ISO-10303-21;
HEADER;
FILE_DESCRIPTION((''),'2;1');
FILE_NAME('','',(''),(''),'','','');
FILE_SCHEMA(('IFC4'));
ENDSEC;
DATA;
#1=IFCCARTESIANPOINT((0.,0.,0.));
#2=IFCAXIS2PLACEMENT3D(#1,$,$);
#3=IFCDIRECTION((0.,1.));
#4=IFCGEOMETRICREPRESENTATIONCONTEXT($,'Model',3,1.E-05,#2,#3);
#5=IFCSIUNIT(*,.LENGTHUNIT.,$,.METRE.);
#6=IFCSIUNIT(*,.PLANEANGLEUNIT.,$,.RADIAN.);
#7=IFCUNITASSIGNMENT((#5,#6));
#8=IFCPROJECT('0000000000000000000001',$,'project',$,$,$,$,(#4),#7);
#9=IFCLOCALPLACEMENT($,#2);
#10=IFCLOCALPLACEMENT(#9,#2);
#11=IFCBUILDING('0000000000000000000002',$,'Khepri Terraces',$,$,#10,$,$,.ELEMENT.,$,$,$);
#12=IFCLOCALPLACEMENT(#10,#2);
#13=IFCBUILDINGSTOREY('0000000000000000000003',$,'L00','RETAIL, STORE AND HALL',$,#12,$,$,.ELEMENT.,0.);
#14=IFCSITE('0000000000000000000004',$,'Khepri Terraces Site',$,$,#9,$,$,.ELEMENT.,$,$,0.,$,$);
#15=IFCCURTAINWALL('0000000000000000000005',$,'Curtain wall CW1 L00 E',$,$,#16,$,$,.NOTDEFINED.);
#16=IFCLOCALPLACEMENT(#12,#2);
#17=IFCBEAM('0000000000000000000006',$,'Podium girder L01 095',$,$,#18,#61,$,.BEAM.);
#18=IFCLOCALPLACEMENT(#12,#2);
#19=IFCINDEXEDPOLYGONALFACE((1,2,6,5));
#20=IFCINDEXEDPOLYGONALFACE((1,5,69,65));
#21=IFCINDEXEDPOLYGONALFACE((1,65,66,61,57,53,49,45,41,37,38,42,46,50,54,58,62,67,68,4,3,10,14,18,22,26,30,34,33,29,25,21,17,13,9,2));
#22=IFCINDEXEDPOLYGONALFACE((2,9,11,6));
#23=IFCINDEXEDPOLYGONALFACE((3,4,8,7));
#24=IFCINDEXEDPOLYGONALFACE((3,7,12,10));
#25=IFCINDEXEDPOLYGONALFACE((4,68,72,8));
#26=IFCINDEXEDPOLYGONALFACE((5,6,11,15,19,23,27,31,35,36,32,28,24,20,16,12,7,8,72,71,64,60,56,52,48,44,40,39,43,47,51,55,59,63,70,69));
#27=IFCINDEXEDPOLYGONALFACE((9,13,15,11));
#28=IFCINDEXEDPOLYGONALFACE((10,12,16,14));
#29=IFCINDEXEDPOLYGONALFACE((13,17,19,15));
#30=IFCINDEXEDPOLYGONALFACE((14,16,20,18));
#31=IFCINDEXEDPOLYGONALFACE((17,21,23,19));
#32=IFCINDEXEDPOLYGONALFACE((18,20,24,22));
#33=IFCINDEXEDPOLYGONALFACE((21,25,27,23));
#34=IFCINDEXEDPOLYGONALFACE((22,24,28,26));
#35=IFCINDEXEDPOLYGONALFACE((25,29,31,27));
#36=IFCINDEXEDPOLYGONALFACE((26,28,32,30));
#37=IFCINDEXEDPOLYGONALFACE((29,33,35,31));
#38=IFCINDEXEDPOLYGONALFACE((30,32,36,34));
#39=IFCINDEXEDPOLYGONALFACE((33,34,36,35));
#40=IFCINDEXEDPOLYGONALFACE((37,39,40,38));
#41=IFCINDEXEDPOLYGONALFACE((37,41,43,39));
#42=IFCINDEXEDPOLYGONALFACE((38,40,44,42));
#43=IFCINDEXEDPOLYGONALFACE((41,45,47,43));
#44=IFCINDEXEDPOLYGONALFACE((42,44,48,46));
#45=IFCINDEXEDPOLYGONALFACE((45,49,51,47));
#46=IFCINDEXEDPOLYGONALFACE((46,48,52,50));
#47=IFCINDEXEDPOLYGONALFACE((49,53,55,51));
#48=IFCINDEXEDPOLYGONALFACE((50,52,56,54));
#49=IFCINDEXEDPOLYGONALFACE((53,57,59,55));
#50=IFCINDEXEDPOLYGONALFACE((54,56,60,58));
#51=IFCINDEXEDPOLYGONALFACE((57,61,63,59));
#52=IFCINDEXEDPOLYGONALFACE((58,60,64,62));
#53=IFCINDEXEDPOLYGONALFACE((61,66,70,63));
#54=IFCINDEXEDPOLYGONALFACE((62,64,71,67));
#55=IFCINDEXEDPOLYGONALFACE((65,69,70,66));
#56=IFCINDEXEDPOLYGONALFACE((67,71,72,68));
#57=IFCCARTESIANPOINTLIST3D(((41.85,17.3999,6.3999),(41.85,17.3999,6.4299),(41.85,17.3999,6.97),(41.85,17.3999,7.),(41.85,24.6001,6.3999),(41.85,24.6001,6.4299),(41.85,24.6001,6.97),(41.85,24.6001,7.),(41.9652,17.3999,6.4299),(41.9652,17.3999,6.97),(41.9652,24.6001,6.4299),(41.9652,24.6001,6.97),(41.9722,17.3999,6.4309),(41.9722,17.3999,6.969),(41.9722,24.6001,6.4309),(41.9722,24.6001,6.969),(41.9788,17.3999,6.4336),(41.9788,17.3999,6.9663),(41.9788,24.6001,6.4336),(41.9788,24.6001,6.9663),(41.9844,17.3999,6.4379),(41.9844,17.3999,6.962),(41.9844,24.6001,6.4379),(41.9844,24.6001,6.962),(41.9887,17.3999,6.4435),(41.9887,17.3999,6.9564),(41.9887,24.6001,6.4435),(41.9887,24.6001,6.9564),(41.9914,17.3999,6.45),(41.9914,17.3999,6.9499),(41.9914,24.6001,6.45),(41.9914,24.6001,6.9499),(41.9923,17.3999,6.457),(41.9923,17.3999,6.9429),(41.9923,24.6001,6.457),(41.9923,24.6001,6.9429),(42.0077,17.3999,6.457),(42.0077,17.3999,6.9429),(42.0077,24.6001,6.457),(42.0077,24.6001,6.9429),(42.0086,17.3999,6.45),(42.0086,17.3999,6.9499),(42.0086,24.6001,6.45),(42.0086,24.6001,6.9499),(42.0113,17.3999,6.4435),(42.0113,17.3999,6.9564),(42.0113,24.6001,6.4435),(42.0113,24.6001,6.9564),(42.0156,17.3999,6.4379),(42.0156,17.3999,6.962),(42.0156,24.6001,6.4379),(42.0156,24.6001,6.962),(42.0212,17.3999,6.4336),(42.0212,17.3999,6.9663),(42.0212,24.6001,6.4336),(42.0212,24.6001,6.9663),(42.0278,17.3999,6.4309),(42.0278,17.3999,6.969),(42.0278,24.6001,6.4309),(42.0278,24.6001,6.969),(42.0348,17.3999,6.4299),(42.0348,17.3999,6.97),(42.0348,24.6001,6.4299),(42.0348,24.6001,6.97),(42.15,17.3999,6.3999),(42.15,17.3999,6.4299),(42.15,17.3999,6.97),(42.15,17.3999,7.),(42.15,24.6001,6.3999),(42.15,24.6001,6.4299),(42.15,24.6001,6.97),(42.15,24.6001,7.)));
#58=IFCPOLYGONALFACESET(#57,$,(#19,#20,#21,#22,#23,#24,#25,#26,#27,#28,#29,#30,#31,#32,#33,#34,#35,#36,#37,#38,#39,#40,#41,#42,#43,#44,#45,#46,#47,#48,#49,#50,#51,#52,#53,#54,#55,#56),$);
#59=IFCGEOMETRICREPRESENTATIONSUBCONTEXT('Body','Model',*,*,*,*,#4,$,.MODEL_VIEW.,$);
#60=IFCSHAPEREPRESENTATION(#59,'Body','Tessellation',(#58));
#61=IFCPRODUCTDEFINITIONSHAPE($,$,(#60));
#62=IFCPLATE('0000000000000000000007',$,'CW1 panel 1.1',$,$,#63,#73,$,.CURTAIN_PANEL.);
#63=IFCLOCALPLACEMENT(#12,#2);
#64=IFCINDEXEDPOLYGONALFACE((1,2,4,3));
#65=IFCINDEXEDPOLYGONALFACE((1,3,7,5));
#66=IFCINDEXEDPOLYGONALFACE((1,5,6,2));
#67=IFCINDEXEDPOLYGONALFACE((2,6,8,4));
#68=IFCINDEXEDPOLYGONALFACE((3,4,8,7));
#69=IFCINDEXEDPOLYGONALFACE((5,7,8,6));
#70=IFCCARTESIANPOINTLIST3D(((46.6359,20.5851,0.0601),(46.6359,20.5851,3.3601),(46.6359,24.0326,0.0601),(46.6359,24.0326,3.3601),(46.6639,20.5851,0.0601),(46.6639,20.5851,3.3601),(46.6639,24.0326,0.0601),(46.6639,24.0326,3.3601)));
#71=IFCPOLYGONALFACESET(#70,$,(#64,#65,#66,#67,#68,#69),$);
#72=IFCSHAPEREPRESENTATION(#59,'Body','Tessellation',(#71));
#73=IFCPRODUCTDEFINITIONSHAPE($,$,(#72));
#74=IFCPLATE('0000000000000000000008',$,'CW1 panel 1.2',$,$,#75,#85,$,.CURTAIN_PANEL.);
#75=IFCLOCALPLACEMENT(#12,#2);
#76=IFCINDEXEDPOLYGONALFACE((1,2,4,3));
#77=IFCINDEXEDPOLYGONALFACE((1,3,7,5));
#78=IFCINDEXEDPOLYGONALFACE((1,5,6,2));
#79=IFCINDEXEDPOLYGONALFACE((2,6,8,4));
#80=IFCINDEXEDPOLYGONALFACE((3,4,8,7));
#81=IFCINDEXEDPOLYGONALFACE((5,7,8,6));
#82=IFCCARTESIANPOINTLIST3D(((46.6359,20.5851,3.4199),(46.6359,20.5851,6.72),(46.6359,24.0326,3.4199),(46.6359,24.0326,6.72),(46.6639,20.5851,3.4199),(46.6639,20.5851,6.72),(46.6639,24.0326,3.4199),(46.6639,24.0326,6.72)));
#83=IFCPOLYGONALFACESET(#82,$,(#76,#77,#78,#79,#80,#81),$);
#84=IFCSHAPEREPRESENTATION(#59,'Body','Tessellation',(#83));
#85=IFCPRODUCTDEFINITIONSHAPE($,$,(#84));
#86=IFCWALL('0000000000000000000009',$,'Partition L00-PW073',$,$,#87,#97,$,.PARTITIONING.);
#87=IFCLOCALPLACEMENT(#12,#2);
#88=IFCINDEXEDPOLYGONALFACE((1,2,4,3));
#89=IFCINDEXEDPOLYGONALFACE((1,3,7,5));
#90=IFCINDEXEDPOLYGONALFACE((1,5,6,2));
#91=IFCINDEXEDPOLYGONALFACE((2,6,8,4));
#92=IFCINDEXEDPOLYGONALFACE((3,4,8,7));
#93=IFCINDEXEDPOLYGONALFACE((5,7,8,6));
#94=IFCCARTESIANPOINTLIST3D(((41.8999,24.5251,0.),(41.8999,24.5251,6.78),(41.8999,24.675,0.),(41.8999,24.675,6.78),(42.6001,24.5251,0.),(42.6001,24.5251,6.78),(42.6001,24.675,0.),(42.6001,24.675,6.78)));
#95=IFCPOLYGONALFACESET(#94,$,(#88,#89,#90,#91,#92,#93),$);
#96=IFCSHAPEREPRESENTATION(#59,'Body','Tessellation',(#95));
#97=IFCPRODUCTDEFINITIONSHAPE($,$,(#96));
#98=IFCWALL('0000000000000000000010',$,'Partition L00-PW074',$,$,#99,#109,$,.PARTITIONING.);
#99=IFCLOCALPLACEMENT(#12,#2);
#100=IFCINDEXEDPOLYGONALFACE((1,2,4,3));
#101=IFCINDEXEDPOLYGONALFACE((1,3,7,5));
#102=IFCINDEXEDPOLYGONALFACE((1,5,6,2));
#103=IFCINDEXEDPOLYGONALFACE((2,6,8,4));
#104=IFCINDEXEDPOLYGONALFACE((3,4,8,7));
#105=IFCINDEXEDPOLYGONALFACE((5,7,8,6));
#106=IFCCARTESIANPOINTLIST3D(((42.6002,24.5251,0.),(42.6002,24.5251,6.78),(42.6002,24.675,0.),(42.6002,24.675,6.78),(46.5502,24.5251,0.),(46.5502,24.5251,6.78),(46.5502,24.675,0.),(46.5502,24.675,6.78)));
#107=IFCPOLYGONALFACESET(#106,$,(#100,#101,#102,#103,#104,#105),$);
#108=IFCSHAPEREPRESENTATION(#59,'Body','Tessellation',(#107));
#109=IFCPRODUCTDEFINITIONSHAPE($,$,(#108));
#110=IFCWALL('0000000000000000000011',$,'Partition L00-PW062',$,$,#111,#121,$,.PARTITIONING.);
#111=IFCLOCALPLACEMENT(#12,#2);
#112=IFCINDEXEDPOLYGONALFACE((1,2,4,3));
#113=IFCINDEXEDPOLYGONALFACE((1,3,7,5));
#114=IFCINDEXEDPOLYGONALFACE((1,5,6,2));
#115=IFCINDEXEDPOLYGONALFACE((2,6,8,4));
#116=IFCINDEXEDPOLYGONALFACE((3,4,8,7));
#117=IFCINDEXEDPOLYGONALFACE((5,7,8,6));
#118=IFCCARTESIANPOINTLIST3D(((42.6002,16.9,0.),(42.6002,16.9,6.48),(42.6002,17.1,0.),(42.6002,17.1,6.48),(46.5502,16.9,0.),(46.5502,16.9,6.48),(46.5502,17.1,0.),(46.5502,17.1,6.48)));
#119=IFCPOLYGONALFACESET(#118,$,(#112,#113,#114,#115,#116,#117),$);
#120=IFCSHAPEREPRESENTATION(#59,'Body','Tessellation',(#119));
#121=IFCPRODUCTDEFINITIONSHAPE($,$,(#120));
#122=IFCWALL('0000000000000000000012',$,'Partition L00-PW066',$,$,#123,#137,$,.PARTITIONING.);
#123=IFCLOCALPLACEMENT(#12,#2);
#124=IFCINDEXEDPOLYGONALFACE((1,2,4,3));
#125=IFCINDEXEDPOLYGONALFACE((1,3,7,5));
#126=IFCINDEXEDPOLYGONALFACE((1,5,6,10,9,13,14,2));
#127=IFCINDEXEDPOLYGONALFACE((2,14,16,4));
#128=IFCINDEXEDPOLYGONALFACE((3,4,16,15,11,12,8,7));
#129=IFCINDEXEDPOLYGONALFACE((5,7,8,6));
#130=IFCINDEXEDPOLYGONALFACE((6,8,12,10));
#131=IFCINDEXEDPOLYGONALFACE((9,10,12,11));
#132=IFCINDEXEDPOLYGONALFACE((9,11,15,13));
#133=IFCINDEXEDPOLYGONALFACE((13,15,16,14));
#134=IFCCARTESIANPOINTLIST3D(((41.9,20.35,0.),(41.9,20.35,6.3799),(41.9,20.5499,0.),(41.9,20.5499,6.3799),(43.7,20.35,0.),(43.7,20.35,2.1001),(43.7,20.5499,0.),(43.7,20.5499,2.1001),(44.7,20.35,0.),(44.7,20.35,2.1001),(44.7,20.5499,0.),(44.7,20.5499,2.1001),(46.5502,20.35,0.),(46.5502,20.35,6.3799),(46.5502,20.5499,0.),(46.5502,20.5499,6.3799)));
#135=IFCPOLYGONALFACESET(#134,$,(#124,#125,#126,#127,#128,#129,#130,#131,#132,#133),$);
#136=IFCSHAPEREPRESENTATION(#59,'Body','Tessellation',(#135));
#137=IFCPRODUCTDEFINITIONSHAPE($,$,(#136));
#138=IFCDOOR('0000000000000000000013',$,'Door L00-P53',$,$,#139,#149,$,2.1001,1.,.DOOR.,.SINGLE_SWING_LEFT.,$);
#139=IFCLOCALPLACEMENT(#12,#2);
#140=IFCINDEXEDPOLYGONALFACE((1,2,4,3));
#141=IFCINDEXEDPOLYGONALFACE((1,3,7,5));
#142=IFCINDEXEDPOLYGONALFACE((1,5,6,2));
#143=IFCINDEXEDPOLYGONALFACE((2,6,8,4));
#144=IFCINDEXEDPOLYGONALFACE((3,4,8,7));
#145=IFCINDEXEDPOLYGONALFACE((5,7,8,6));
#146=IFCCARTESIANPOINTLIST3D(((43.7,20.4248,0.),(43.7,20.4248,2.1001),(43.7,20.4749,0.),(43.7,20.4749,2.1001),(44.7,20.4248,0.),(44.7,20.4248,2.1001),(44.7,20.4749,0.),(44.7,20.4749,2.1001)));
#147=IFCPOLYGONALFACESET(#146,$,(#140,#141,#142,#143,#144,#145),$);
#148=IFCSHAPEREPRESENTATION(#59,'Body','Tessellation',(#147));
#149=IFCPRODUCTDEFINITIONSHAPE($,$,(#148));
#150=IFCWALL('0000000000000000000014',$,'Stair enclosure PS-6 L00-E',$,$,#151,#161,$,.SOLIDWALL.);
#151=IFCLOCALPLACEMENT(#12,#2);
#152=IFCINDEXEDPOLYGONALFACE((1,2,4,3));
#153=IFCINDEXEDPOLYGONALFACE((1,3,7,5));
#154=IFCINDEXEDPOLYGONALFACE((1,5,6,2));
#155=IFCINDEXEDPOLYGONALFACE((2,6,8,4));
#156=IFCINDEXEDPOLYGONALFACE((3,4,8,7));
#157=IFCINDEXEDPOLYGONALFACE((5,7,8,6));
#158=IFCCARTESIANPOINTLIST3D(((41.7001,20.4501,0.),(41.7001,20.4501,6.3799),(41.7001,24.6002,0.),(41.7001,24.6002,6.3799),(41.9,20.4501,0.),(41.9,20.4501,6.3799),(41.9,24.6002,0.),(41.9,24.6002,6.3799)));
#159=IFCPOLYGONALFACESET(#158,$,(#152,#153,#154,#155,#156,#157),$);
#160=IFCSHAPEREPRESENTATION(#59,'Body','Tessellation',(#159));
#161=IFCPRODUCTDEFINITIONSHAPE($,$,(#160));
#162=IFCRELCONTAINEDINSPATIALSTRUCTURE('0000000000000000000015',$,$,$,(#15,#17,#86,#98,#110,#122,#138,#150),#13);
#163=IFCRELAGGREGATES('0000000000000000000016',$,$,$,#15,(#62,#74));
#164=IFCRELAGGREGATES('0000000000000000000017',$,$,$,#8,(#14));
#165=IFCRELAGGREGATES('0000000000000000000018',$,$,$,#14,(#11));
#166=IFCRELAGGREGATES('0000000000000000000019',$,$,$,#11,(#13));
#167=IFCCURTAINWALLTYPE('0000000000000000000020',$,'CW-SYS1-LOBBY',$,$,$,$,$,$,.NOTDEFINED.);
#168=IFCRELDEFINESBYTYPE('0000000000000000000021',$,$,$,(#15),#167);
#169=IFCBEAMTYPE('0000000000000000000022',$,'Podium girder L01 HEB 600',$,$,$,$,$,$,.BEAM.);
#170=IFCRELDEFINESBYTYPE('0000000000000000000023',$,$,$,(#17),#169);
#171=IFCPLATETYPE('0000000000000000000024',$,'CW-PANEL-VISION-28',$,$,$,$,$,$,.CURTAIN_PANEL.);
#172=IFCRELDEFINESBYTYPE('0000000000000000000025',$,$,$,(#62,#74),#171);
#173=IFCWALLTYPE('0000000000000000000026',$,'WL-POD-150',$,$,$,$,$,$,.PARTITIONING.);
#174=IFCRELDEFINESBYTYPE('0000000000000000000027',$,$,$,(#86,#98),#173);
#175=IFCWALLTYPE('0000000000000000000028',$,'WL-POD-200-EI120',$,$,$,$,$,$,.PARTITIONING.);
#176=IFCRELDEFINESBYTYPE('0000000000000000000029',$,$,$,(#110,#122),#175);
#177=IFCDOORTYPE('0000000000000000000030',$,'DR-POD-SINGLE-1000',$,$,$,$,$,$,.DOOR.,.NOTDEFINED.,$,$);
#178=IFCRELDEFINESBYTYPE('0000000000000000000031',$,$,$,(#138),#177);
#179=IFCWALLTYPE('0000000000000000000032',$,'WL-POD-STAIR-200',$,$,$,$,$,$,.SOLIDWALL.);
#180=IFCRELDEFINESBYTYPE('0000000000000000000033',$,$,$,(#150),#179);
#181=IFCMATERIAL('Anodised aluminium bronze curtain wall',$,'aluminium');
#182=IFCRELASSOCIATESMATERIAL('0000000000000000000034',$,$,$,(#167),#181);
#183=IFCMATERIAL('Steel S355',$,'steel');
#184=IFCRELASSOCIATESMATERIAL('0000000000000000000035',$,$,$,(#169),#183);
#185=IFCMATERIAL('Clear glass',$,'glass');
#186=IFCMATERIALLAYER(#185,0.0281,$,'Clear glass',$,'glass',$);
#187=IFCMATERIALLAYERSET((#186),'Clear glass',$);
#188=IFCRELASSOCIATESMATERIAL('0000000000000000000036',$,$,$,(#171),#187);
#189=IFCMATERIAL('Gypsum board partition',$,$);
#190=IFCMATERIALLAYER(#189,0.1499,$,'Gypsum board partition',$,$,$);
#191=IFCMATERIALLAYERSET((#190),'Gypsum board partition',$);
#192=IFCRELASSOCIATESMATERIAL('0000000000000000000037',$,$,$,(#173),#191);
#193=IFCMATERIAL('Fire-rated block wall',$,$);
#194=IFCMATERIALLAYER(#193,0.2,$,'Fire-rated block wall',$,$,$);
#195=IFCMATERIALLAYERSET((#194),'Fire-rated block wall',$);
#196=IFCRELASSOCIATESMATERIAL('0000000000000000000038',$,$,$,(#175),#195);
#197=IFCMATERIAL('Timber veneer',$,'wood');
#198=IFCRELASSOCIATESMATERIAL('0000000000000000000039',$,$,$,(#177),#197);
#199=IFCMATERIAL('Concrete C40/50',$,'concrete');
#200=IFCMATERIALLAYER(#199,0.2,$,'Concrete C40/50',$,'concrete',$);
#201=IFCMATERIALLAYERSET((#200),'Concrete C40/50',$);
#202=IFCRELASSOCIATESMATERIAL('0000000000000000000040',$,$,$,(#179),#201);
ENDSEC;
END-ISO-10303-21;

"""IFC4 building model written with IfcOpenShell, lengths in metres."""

from ifc_helpers import new_model, si_unit, direction, frame, frame_2d, origin, origin_2d, place, context, subcontext, project, spatial, rectangle, i_section, extrude, material, layer, layer_set, material_profile, profile_set, type_object, element, fill, aggregate, save


model = new_model("IFC4")

# Units and contexts
model_context = context("Model", 3, precision=1e-05, world=origin(), true_north=direction((0.0, 1.0)))
body_context = subcontext(model_context, "Body", "Model", "MODEL_VIEW")
ifc_project = project(units=[si_unit("LENGTHUNIT", "METRE"), si_unit("PLANEANGLEUNIT", "RADIAN")], contexts=[model_context])

# Site, building, storey
site_placement = place(None, origin())
site = spatial("IfcSite", under=ifc_project, at=site_placement, Name="Khepri Terraces Site", CompositionType="ELEMENT", RefElevation=0.0)
building_placement = place(site_placement, origin())
building = spatial("IfcBuilding", under=site, at=building_placement, Name="Khepri Terraces", CompositionType="ELEMENT")
storey_placement = place(building_placement, origin())
storey = spatial("IfcBuildingStorey", under=building, at=storey_placement, Name="L00", Description="RETAIL, STORE AND HALL", CompositionType="ELEMENT", Elevation=0.0)

# Shared definitions
ifc_material_1 = material(Name="Anodised aluminium bronze curtain wall", Category="aluminium")
curtain_wall_type = type_object("IfcCurtainWallType", Name="CW-SYS1-LOBBY", PredefinedType="NOTDEFINED", material=ifc_material_1)

# Curtain wall
curtain_wall_1_placement = place(storey_placement, origin())
curtain_wall_1 = element("IfcCurtainWall", 1, at=curtain_wall_1_placement, inside=storey, type_object=curtain_wall_type, Name="Curtain wall CW1 L00 E", PredefinedType="NOTDEFINED")

# Beam
ifc_material_2 = material(Name="Steel S355", Category="steel")
ifc_material_profile_1 = material_profile(ifc_material_2, i_section(OverallWidth=0.3, OverallDepth=0.6001, WebThickness=0.0154, FlangeThickness=0.03, FilletRadius=0.0271, at=origin_2d()), Name="Steel S355", Category="steel")
ifc_profile_set_1 = profile_set([ifc_material_profile_1], Name="Steel S355")
beam_type_1 = type_object("IfcBeamType", Name="Podium girder L01 HEB 600", PredefinedType="BEAM", material=ifc_profile_set_1)
beam_1_placement = place(storey_placement, frame((42.0, 17.3999, 6.7), z_axis=(0.0, 1.0, 0.0), x_axis=(-1.0, 0.0, 0.0)))
element("IfcBeam", 2, at=beam_1_placement, inside=storey, type_object=beam_type_1, Name="Podium girder L01 095", PredefinedType="BEAM", context=body_context, shape_type="SweptSolid", body=[
    extrude(i_section(OverallWidth=0.3, OverallDepth=0.6001, WebThickness=0.0154, FlangeThickness=0.03, FilletRadius=0.0271, at=origin_2d()), origin(), (0.0, 0.0, 1.0), 7.2002),
])

# Plates
ifc_material_3 = material(Name="Clear glass", Category="glass")
ifc_layer_1 = layer(ifc_material_3, 0.0281, Name="Clear glass", Category="glass")
ifc_layer_set_1 = layer_set([ifc_layer_1], Name="Clear glass")
plate_type = type_object("IfcPlateType", Name="CW-PANEL-VISION-28", PredefinedType="CURTAIN_PANEL", material=ifc_layer_set_1)
plate_1_placement = place(storey_placement, frame((46.6499, 22.3088, 0.0601), z_axis=(0.0, 0.0, 1.0), x_axis=(0.0, 1.0, 0.0)))
plate_1 = element("IfcPlate", 3, at=plate_1_placement, type_object=plate_type, Name="CW1 panel 1.1", PredefinedType="CURTAIN_PANEL", context=body_context, shape_type="SweptSolid", body=[
    extrude(rectangle(XDim=3.4475, YDim=0.0281, at=origin_2d()), origin(), (0.0, 0.0, 1.0), 3.3),
])
plate_2_placement = place(storey_placement, frame((46.6499, 22.3088, 3.4199), z_axis=(0.0, 0.0, 1.0), x_axis=(0.0, 1.0, 0.0)))
plate_2 = element("IfcPlate", 4, at=plate_2_placement, type_object=plate_type, Name="CW1 panel 1.2", PredefinedType="CURTAIN_PANEL", context=body_context, shape_type="SweptSolid", body=[
    extrude(rectangle(XDim=3.4475, YDim=0.0281, at=origin_2d()), origin(), (0.0, 0.0, 1.0), 3.3),
])
aggregate(curtain_wall_1, [plate_1, plate_2])

# Walls
ifc_material_4 = material(Name="Gypsum board partition")
ifc_layer_2 = layer(ifc_material_4, 0.1499, Name="Gypsum board partition")
ifc_layer_set_2 = layer_set([ifc_layer_2], Name="Gypsum board partition")
wall_type_1 = type_object("IfcWallType", Name="WL-POD-150", PredefinedType="PARTITIONING", material=ifc_layer_set_2)
wall_1_placement = place(storey_placement, frame((41.8999, 24.6001, 0.0), z_axis=(0.0, 0.0, 1.0), x_axis=(1.0, 0.0, 0.0)))
element("IfcWall", 5, at=wall_1_placement, inside=storey, type_object=wall_type_1, Name="Partition L00-PW073", PredefinedType="PARTITIONING", context=body_context, shape_type="SweptSolid", body=[
    extrude(rectangle(XDim=0.7002, YDim=0.1499, at=frame_2d((0.3501, 0.0))), origin(), (0.0, 0.0, 1.0), 6.78),
])
wall_2_placement = place(storey_placement, frame((42.6001, 24.6001, 0.0), z_axis=(0.0, 0.0, 1.0), x_axis=(1.0, 0.0, 0.0)))
element("IfcWall", 6, at=wall_2_placement, inside=storey, type_object=wall_type_1, Name="Partition L00-PW074", PredefinedType="PARTITIONING", context=body_context, shape_type="SweptSolid", body=[
    extrude(rectangle(XDim=3.95, YDim=0.1499, at=frame_2d((1.9751, 0.0))), origin(), (0.0, 0.0, 1.0), 6.78),
])
ifc_material_5 = material(Name="Fire-rated block wall")
ifc_layer_3 = layer(ifc_material_5, 0.2, Name="Fire-rated block wall")
ifc_layer_set_3 = layer_set([ifc_layer_3], Name="Fire-rated block wall")
wall_type_2 = type_object("IfcWallType", Name="WL-POD-200-EI120", PredefinedType="PARTITIONING", material=ifc_layer_set_3)
wall_3_placement = place(storey_placement, frame((42.6001, 17.0, 0.0), z_axis=(0.0, 0.0, 1.0), x_axis=(1.0, 0.0, 0.0)))
element("IfcWall", 7, at=wall_3_placement, inside=storey, type_object=wall_type_2, Name="Partition L00-PW062", PredefinedType="PARTITIONING", context=body_context, shape_type="SweptSolid", body=[
    extrude(rectangle(XDim=3.95, YDim=0.2, at=frame_2d((1.9751, 0.0))), origin(), (0.0, 0.0, 1.0), 6.48),
])

# Wall, opening, door
wall_4_placement = place(storey_placement, frame((41.8999, 20.45, 0.0), z_axis=(0.0, 0.0, 1.0), x_axis=(1.0, 0.0, 0.0)))
wall_4 = element("IfcWall", 8, at=wall_4_placement, inside=storey, type_object=wall_type_2, Name="Partition L00-PW066", PredefinedType="PARTITIONING", context=body_context, shape_type="SweptSolid", body=[
    extrude(rectangle(XDim=4.6501, YDim=0.2, at=frame_2d((2.3252, 0.0))), origin(), (0.0, 0.0, 1.0), 6.3799),
])
opening_1_placement = place(wall_4_placement, frame((1.8, 0.0, 0.0)))
opening_1 = element("IfcOpeningElement", 9, at=opening_1_placement, cuts=wall_4, PredefinedType="OPENING", context=body_context, shape_type="SweptSolid", body=[
    extrude(rectangle(XDim=1.0, YDim=2.1001, at=frame_2d((0.5, 1.05))), frame((0.0, 0.1099, 0.0), z_axis=(0.0, -1.0, 0.0), x_axis=(1.0, 0.0, 0.0)), (0.0, 0.0, 1.0), 0.22),
])
ifc_material_6 = material(Name="Timber veneer", Category="wood")
door_type_1 = type_object("IfcDoorType", Name="DR-POD-SINGLE-1000", OperationType="NOTDEFINED", PredefinedType="DOOR", material=ifc_material_6)
door_1_placement = place(opening_1_placement, origin())
door_1 = element("IfcDoor", 10, at=door_1_placement, inside=storey, type_object=door_type_1, Name="Door L00-P53", OperationType="SINGLE_SWING_LEFT", OverallHeight=2.1001, OverallWidth=1.0, PredefinedType="DOOR", context=body_context, shape_type="SweptSolid", body=[
    extrude(rectangle(XDim=1.0, YDim=2.1001, at=frame_2d((0.5, 1.05))), frame((0.0, 0.0249, 0.0), z_axis=(0.0, -1.0, 0.0), x_axis=(1.0, 0.0, 0.0)), (0.0, 0.0, 1.0), 0.05),
])
fill(opening_1, door_1)

# Wall
ifc_material_7 = material(Name="Concrete C40/50", Category="concrete")
ifc_layer_4 = layer(ifc_material_7, 0.2, Name="Concrete C40/50", Category="concrete")
ifc_layer_set_4 = layer_set([ifc_layer_4], Name="Concrete C40/50")
wall_type_3 = type_object("IfcWallType", Name="WL-POD-STAIR-200", PredefinedType="SOLIDWALL", material=ifc_layer_set_4)
wall_5_placement = place(storey_placement, frame((41.8, 20.45, 0.0), z_axis=(0.0, 0.0, 1.0), x_axis=(0.0, 1.0, 0.0)))
element("IfcWall", 11, at=wall_5_placement, inside=storey, type_object=wall_type_3, Name="Stair enclosure PS-6 L00-E", PredefinedType="SOLIDWALL", context=body_context, shape_type="SweptSolid", body=[
    extrude(rectangle(XDim=4.1501, YDim=0.2, at=frame_2d((2.0752, 0.0))), origin(), (0.0, 0.0, 1.0), 6.3799),
])

save(model, "model.ifc")
